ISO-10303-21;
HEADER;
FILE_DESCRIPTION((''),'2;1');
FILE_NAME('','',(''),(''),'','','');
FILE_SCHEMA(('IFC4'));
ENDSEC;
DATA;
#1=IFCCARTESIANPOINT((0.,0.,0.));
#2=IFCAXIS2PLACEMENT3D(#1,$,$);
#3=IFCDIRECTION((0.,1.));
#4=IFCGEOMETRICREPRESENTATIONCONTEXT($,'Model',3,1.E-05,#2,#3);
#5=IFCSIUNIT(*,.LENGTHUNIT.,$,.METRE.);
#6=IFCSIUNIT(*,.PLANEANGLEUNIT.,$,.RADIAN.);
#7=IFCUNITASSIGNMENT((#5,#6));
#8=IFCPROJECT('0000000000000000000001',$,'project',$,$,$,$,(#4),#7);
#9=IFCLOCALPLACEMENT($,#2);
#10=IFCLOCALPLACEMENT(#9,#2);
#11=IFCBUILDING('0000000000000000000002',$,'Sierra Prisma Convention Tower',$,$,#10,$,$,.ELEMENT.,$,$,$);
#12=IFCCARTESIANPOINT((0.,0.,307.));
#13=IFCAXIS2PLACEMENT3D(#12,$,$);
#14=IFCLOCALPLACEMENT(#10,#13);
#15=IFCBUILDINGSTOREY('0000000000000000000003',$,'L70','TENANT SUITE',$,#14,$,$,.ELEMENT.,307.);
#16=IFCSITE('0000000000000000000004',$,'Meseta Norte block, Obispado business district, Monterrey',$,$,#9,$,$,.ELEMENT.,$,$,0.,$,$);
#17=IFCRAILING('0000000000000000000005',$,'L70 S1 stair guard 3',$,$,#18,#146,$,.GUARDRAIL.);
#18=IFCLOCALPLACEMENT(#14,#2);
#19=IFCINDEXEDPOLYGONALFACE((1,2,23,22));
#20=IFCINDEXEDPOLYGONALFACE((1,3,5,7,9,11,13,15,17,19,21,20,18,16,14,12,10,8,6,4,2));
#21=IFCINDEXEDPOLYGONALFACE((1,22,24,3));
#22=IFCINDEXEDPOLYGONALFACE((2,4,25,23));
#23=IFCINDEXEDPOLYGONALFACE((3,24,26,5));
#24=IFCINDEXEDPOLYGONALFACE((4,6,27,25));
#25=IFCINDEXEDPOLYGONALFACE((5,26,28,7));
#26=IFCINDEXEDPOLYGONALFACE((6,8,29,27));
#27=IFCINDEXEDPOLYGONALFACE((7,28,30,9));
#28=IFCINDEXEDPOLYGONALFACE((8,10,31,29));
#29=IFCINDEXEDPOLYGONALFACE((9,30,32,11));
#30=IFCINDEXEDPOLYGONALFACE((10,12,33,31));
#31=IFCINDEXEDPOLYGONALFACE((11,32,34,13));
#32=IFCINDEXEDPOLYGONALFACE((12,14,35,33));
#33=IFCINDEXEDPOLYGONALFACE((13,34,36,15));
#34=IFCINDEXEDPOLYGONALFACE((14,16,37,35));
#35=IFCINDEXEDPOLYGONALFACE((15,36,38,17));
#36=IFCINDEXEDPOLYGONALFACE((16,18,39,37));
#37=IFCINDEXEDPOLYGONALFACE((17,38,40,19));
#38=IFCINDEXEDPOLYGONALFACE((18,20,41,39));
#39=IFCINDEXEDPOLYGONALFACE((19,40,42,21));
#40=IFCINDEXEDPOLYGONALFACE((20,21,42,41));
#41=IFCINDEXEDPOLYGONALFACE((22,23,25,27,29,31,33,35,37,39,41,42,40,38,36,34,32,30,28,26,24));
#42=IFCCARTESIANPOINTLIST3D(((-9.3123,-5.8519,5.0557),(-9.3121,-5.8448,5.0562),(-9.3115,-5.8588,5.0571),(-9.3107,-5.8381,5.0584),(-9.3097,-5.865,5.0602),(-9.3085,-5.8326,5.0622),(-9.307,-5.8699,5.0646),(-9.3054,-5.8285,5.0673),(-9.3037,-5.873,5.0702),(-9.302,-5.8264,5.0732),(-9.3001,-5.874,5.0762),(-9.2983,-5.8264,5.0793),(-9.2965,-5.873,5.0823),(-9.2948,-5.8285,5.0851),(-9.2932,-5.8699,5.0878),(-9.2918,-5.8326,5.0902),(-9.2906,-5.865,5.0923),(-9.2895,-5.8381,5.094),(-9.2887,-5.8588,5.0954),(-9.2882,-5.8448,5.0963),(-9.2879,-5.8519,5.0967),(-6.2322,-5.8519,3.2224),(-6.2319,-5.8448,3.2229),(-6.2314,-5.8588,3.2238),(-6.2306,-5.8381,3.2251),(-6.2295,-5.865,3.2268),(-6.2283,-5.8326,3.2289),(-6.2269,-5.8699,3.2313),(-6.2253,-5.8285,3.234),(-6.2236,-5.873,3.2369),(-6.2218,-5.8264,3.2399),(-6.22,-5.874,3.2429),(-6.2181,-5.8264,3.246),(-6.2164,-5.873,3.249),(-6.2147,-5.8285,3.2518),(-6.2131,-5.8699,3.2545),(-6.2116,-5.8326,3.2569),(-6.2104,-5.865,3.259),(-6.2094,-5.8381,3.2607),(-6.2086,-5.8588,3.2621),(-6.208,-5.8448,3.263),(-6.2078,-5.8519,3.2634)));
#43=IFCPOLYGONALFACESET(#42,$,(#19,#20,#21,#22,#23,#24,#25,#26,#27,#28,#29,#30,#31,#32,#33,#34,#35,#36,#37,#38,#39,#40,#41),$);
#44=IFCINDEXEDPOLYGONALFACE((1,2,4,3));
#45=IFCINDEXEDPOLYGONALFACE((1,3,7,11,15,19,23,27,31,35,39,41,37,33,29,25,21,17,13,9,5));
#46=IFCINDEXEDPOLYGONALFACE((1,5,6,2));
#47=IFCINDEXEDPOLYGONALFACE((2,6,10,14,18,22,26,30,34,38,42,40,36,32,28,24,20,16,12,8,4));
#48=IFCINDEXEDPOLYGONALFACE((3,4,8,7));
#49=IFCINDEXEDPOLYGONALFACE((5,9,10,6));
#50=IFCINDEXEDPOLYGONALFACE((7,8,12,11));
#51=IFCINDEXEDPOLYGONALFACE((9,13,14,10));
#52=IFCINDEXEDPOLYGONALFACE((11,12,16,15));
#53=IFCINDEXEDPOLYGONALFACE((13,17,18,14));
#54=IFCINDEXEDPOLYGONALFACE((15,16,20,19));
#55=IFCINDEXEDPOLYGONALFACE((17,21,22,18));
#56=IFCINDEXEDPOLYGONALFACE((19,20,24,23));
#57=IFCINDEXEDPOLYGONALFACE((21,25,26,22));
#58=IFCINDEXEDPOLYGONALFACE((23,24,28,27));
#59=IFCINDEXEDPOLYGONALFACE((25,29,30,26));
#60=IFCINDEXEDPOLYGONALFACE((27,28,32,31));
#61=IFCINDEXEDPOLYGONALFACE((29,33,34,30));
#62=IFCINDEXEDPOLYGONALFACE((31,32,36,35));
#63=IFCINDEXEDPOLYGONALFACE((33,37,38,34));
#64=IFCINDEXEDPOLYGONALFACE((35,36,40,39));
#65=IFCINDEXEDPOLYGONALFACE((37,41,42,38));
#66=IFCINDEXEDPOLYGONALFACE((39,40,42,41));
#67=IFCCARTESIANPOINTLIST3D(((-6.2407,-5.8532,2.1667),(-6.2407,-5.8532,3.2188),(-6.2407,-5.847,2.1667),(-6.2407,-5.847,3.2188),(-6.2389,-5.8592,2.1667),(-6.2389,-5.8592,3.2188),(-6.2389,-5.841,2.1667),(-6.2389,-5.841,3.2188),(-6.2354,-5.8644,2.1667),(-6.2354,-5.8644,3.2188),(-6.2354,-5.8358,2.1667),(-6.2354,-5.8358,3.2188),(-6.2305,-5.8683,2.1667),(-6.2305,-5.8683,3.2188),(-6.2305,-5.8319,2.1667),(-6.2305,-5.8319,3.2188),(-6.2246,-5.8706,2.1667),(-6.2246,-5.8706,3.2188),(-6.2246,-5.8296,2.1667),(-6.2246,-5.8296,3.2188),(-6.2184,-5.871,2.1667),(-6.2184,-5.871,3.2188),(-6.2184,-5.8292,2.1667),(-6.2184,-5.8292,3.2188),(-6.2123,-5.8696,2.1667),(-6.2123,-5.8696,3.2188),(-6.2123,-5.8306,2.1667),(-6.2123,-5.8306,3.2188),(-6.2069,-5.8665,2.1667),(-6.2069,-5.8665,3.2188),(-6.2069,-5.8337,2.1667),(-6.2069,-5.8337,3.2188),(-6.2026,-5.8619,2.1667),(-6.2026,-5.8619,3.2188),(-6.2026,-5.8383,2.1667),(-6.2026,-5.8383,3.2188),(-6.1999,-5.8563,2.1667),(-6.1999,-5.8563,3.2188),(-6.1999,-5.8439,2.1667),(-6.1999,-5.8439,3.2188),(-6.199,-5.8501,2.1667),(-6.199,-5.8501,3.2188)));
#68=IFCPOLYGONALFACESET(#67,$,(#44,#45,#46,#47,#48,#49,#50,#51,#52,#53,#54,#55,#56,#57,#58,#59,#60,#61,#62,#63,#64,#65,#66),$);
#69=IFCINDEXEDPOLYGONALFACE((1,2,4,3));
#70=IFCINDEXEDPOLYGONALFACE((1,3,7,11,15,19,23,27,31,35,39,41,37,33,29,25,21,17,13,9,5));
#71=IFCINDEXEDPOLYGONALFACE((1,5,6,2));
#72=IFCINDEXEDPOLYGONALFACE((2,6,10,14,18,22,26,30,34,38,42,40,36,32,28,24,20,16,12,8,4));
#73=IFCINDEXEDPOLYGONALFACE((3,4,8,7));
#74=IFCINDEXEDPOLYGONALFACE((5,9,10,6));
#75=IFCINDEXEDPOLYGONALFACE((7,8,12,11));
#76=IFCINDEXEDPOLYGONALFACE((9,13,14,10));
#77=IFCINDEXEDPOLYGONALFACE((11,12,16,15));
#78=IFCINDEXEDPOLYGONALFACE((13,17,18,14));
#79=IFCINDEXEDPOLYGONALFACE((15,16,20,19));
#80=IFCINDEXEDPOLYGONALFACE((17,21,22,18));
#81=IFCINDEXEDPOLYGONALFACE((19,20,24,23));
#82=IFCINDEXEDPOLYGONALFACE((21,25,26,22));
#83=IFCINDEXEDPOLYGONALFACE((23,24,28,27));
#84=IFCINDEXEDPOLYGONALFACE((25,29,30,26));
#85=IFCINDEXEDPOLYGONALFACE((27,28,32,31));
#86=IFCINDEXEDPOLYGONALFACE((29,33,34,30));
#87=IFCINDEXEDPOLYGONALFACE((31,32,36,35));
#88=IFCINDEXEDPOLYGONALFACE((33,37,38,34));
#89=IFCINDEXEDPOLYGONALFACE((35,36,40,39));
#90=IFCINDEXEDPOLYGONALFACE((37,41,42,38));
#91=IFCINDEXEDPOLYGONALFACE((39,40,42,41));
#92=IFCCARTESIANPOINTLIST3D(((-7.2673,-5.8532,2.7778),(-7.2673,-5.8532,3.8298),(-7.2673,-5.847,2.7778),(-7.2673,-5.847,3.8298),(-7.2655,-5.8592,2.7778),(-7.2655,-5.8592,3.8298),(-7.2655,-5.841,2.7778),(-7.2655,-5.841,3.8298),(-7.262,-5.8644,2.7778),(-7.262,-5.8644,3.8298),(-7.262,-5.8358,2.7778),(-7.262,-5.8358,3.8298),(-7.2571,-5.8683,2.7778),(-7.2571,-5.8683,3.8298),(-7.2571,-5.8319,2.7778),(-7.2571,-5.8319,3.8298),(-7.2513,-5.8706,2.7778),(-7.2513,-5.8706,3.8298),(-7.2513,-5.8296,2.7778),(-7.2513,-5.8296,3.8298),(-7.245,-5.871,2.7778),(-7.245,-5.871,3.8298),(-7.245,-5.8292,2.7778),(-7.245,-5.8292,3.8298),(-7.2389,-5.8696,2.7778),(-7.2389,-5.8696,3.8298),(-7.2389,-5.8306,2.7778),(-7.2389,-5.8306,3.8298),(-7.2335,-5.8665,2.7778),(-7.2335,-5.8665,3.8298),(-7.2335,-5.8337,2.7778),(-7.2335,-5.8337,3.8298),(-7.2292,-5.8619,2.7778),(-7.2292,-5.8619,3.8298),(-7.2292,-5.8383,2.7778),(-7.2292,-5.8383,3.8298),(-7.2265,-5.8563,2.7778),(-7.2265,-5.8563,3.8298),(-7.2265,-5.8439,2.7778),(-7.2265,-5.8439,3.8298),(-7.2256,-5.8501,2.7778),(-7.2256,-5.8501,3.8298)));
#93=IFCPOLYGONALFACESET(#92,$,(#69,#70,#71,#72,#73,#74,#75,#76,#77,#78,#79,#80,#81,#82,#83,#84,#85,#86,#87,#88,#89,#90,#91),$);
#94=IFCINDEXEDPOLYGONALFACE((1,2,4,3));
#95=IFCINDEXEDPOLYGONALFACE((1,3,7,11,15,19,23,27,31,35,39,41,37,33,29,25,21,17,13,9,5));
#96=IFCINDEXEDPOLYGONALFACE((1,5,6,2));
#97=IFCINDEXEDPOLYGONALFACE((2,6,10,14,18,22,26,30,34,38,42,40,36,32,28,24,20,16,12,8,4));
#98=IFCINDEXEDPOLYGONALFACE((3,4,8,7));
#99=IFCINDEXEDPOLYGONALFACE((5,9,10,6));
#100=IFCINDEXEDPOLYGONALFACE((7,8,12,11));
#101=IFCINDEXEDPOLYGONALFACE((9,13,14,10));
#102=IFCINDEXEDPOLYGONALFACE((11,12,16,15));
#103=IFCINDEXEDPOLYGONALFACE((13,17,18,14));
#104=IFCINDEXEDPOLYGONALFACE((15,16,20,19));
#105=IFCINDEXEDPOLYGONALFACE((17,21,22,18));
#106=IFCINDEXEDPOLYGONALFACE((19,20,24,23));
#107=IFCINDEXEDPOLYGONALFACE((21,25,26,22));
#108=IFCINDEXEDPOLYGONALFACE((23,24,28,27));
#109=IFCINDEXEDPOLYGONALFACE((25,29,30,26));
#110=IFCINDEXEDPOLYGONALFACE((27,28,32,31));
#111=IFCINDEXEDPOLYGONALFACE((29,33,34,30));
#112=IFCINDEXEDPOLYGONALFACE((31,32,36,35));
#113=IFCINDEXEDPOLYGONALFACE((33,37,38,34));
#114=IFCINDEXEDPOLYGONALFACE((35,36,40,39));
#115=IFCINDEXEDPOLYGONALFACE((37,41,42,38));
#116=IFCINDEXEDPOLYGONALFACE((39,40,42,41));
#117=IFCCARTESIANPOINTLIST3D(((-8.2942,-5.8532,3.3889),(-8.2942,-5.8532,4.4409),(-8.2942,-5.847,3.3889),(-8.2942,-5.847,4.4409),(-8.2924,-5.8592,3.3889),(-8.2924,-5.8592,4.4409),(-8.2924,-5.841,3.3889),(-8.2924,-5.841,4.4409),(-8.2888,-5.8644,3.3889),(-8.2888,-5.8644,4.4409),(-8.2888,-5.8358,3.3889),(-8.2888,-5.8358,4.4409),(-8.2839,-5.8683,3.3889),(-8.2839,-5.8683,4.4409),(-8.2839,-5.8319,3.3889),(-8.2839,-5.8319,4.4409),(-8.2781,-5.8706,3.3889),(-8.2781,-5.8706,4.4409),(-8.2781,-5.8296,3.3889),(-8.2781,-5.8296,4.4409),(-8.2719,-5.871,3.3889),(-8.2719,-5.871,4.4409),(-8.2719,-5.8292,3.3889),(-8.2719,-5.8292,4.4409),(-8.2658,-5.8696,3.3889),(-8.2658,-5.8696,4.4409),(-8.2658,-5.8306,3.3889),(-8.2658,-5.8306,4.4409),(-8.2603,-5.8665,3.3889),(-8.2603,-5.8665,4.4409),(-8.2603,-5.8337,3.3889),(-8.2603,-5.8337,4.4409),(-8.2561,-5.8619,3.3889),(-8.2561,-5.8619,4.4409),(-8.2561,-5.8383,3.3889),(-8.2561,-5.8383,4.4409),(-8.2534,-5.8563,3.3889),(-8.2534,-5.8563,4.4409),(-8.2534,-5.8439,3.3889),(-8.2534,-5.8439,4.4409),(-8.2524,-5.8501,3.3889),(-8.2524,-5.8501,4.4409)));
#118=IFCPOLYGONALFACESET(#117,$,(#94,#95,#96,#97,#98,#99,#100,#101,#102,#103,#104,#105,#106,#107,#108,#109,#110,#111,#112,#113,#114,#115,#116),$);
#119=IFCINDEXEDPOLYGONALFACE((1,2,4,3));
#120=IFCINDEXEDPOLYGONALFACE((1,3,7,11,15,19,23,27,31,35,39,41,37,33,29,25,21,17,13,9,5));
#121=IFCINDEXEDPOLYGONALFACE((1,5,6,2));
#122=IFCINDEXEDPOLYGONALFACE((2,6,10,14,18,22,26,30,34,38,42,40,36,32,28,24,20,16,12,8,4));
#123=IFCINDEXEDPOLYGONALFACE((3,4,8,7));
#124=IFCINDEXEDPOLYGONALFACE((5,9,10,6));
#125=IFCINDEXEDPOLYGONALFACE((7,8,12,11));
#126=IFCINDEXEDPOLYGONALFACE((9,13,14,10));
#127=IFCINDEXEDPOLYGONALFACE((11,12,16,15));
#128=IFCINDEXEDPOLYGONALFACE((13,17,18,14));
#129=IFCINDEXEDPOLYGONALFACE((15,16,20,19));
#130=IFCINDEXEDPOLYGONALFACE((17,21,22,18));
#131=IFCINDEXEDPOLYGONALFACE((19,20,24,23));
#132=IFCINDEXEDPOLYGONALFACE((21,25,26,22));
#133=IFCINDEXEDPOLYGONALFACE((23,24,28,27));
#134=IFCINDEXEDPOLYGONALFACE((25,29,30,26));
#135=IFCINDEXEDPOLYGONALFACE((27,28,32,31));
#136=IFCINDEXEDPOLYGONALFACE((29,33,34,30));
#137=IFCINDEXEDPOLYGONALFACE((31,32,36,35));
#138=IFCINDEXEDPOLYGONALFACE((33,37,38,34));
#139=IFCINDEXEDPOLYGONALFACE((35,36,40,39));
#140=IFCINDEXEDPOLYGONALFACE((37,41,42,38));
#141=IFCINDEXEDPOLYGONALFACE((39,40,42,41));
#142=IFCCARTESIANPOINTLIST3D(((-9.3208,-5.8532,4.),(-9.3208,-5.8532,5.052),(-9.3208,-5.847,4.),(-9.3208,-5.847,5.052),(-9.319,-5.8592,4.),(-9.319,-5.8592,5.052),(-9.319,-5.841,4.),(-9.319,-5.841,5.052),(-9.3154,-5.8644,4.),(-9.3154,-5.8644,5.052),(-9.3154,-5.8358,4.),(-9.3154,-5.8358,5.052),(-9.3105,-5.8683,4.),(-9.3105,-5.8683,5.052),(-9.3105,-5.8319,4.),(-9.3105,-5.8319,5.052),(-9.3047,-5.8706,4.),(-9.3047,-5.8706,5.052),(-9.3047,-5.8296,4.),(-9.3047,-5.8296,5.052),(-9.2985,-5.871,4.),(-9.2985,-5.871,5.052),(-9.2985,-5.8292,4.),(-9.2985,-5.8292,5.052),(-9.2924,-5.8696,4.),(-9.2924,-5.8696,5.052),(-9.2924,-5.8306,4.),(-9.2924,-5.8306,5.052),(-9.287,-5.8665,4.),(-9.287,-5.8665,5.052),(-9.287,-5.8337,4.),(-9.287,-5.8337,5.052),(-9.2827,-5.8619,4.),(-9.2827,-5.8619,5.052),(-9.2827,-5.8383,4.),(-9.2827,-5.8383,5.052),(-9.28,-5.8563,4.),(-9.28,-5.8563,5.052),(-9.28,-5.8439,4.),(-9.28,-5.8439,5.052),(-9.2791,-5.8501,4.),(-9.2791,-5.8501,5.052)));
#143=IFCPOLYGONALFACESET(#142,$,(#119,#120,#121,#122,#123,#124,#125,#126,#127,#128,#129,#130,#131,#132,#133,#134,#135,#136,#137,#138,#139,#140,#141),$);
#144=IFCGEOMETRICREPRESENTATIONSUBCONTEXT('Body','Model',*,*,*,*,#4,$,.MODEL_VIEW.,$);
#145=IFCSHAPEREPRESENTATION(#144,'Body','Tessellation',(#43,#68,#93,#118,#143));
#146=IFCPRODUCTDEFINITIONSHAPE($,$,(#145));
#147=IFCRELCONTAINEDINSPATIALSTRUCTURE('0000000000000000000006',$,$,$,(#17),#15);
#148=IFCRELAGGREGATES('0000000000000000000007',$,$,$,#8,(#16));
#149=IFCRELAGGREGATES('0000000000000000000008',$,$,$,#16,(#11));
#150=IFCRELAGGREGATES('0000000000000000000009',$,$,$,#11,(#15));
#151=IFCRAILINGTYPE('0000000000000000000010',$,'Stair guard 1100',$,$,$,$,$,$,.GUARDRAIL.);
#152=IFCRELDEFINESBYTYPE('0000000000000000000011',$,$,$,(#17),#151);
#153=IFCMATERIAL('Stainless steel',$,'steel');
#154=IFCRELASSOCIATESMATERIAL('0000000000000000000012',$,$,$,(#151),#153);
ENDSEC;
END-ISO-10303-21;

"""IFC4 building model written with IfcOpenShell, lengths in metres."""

from ifc_helpers import new_model, si_unit, direction, frame, origin, origin_2d, place, context, subcontext, project, spatial, circle, extrude, material, type_object, element, save


model = new_model("IFC4")

# Units and contexts
model_context = context("Model", 3, precision=1e-05, world=origin(), true_north=direction((0.0, 1.0)))
body_context = subcontext(model_context, "Body", "Model", "MODEL_VIEW")
ifc_project = project(units=[si_unit("LENGTHUNIT", "METRE"), si_unit("PLANEANGLEUNIT", "RADIAN")], contexts=[model_context])

# Site, building, storey
site_placement = place(None, origin())
site = spatial("IfcSite", under=ifc_project, at=site_placement, Name="Meseta Norte block, Obispado business district, Monterrey", CompositionType="ELEMENT", RefElevation=0.0)
building_placement = place(site_placement, origin())
building = spatial("IfcBuilding", under=site, at=building_placement, Name="Sierra Prisma Convention Tower", CompositionType="ELEMENT")
storey_placement = place(building_placement, frame((0.0, 0.0, 307.0)))
storey = spatial("IfcBuildingStorey", under=building, at=storey_placement, Name="L70", Description="TENANT SUITE", CompositionType="ELEMENT", Elevation=307.0)

# Railing
ifc_material_1 = material(Name="Stainless steel", Category="steel")
railing_type_1 = type_object("IfcRailingType", Name="Stair guard 1100", PredefinedType="GUARDRAIL", material=ifc_material_1)
railing_1_placement = place(storey_placement, frame((-6.22, -5.8501, 2.1667)))
element("IfcRailing", 1, at=railing_1_placement, inside=storey, type_object=railing_type_1, Name="L70 S1 stair guard 3", PredefinedType="GUARDRAIL", context=body_context, shape_type="SweptSolid", body=[
    extrude(circle(Radius=0.0239, at=origin_2d()), frame((0.0, 0.0, 1.0762), z_axis=(-0.859309, 0.0, 0.511458), x_axis=(0.0, -1.0, 0.0)), (0.0, 0.0, 1.0), 3.5845),
    extrude(circle(Radius=0.021, at=origin_2d()), origin(), (0.0, 0.0, 1.0), 1.052),
    extrude(circle(Radius=0.021, at=origin_2d()), frame((-1.0266, 0.0, 0.6111)), (0.0, 0.0, 1.0), 1.052),
    extrude(circle(Radius=0.021, at=origin_2d()), frame((-2.0535, 0.0, 1.2222)), (0.0, 0.0, 1.0), 1.052),
    extrude(circle(Radius=0.021, at=origin_2d()), frame((-3.0801, 0.0, 1.8333)), (0.0, 0.0, 1.0), 1.052),
])

save(model, "model.ifc")
